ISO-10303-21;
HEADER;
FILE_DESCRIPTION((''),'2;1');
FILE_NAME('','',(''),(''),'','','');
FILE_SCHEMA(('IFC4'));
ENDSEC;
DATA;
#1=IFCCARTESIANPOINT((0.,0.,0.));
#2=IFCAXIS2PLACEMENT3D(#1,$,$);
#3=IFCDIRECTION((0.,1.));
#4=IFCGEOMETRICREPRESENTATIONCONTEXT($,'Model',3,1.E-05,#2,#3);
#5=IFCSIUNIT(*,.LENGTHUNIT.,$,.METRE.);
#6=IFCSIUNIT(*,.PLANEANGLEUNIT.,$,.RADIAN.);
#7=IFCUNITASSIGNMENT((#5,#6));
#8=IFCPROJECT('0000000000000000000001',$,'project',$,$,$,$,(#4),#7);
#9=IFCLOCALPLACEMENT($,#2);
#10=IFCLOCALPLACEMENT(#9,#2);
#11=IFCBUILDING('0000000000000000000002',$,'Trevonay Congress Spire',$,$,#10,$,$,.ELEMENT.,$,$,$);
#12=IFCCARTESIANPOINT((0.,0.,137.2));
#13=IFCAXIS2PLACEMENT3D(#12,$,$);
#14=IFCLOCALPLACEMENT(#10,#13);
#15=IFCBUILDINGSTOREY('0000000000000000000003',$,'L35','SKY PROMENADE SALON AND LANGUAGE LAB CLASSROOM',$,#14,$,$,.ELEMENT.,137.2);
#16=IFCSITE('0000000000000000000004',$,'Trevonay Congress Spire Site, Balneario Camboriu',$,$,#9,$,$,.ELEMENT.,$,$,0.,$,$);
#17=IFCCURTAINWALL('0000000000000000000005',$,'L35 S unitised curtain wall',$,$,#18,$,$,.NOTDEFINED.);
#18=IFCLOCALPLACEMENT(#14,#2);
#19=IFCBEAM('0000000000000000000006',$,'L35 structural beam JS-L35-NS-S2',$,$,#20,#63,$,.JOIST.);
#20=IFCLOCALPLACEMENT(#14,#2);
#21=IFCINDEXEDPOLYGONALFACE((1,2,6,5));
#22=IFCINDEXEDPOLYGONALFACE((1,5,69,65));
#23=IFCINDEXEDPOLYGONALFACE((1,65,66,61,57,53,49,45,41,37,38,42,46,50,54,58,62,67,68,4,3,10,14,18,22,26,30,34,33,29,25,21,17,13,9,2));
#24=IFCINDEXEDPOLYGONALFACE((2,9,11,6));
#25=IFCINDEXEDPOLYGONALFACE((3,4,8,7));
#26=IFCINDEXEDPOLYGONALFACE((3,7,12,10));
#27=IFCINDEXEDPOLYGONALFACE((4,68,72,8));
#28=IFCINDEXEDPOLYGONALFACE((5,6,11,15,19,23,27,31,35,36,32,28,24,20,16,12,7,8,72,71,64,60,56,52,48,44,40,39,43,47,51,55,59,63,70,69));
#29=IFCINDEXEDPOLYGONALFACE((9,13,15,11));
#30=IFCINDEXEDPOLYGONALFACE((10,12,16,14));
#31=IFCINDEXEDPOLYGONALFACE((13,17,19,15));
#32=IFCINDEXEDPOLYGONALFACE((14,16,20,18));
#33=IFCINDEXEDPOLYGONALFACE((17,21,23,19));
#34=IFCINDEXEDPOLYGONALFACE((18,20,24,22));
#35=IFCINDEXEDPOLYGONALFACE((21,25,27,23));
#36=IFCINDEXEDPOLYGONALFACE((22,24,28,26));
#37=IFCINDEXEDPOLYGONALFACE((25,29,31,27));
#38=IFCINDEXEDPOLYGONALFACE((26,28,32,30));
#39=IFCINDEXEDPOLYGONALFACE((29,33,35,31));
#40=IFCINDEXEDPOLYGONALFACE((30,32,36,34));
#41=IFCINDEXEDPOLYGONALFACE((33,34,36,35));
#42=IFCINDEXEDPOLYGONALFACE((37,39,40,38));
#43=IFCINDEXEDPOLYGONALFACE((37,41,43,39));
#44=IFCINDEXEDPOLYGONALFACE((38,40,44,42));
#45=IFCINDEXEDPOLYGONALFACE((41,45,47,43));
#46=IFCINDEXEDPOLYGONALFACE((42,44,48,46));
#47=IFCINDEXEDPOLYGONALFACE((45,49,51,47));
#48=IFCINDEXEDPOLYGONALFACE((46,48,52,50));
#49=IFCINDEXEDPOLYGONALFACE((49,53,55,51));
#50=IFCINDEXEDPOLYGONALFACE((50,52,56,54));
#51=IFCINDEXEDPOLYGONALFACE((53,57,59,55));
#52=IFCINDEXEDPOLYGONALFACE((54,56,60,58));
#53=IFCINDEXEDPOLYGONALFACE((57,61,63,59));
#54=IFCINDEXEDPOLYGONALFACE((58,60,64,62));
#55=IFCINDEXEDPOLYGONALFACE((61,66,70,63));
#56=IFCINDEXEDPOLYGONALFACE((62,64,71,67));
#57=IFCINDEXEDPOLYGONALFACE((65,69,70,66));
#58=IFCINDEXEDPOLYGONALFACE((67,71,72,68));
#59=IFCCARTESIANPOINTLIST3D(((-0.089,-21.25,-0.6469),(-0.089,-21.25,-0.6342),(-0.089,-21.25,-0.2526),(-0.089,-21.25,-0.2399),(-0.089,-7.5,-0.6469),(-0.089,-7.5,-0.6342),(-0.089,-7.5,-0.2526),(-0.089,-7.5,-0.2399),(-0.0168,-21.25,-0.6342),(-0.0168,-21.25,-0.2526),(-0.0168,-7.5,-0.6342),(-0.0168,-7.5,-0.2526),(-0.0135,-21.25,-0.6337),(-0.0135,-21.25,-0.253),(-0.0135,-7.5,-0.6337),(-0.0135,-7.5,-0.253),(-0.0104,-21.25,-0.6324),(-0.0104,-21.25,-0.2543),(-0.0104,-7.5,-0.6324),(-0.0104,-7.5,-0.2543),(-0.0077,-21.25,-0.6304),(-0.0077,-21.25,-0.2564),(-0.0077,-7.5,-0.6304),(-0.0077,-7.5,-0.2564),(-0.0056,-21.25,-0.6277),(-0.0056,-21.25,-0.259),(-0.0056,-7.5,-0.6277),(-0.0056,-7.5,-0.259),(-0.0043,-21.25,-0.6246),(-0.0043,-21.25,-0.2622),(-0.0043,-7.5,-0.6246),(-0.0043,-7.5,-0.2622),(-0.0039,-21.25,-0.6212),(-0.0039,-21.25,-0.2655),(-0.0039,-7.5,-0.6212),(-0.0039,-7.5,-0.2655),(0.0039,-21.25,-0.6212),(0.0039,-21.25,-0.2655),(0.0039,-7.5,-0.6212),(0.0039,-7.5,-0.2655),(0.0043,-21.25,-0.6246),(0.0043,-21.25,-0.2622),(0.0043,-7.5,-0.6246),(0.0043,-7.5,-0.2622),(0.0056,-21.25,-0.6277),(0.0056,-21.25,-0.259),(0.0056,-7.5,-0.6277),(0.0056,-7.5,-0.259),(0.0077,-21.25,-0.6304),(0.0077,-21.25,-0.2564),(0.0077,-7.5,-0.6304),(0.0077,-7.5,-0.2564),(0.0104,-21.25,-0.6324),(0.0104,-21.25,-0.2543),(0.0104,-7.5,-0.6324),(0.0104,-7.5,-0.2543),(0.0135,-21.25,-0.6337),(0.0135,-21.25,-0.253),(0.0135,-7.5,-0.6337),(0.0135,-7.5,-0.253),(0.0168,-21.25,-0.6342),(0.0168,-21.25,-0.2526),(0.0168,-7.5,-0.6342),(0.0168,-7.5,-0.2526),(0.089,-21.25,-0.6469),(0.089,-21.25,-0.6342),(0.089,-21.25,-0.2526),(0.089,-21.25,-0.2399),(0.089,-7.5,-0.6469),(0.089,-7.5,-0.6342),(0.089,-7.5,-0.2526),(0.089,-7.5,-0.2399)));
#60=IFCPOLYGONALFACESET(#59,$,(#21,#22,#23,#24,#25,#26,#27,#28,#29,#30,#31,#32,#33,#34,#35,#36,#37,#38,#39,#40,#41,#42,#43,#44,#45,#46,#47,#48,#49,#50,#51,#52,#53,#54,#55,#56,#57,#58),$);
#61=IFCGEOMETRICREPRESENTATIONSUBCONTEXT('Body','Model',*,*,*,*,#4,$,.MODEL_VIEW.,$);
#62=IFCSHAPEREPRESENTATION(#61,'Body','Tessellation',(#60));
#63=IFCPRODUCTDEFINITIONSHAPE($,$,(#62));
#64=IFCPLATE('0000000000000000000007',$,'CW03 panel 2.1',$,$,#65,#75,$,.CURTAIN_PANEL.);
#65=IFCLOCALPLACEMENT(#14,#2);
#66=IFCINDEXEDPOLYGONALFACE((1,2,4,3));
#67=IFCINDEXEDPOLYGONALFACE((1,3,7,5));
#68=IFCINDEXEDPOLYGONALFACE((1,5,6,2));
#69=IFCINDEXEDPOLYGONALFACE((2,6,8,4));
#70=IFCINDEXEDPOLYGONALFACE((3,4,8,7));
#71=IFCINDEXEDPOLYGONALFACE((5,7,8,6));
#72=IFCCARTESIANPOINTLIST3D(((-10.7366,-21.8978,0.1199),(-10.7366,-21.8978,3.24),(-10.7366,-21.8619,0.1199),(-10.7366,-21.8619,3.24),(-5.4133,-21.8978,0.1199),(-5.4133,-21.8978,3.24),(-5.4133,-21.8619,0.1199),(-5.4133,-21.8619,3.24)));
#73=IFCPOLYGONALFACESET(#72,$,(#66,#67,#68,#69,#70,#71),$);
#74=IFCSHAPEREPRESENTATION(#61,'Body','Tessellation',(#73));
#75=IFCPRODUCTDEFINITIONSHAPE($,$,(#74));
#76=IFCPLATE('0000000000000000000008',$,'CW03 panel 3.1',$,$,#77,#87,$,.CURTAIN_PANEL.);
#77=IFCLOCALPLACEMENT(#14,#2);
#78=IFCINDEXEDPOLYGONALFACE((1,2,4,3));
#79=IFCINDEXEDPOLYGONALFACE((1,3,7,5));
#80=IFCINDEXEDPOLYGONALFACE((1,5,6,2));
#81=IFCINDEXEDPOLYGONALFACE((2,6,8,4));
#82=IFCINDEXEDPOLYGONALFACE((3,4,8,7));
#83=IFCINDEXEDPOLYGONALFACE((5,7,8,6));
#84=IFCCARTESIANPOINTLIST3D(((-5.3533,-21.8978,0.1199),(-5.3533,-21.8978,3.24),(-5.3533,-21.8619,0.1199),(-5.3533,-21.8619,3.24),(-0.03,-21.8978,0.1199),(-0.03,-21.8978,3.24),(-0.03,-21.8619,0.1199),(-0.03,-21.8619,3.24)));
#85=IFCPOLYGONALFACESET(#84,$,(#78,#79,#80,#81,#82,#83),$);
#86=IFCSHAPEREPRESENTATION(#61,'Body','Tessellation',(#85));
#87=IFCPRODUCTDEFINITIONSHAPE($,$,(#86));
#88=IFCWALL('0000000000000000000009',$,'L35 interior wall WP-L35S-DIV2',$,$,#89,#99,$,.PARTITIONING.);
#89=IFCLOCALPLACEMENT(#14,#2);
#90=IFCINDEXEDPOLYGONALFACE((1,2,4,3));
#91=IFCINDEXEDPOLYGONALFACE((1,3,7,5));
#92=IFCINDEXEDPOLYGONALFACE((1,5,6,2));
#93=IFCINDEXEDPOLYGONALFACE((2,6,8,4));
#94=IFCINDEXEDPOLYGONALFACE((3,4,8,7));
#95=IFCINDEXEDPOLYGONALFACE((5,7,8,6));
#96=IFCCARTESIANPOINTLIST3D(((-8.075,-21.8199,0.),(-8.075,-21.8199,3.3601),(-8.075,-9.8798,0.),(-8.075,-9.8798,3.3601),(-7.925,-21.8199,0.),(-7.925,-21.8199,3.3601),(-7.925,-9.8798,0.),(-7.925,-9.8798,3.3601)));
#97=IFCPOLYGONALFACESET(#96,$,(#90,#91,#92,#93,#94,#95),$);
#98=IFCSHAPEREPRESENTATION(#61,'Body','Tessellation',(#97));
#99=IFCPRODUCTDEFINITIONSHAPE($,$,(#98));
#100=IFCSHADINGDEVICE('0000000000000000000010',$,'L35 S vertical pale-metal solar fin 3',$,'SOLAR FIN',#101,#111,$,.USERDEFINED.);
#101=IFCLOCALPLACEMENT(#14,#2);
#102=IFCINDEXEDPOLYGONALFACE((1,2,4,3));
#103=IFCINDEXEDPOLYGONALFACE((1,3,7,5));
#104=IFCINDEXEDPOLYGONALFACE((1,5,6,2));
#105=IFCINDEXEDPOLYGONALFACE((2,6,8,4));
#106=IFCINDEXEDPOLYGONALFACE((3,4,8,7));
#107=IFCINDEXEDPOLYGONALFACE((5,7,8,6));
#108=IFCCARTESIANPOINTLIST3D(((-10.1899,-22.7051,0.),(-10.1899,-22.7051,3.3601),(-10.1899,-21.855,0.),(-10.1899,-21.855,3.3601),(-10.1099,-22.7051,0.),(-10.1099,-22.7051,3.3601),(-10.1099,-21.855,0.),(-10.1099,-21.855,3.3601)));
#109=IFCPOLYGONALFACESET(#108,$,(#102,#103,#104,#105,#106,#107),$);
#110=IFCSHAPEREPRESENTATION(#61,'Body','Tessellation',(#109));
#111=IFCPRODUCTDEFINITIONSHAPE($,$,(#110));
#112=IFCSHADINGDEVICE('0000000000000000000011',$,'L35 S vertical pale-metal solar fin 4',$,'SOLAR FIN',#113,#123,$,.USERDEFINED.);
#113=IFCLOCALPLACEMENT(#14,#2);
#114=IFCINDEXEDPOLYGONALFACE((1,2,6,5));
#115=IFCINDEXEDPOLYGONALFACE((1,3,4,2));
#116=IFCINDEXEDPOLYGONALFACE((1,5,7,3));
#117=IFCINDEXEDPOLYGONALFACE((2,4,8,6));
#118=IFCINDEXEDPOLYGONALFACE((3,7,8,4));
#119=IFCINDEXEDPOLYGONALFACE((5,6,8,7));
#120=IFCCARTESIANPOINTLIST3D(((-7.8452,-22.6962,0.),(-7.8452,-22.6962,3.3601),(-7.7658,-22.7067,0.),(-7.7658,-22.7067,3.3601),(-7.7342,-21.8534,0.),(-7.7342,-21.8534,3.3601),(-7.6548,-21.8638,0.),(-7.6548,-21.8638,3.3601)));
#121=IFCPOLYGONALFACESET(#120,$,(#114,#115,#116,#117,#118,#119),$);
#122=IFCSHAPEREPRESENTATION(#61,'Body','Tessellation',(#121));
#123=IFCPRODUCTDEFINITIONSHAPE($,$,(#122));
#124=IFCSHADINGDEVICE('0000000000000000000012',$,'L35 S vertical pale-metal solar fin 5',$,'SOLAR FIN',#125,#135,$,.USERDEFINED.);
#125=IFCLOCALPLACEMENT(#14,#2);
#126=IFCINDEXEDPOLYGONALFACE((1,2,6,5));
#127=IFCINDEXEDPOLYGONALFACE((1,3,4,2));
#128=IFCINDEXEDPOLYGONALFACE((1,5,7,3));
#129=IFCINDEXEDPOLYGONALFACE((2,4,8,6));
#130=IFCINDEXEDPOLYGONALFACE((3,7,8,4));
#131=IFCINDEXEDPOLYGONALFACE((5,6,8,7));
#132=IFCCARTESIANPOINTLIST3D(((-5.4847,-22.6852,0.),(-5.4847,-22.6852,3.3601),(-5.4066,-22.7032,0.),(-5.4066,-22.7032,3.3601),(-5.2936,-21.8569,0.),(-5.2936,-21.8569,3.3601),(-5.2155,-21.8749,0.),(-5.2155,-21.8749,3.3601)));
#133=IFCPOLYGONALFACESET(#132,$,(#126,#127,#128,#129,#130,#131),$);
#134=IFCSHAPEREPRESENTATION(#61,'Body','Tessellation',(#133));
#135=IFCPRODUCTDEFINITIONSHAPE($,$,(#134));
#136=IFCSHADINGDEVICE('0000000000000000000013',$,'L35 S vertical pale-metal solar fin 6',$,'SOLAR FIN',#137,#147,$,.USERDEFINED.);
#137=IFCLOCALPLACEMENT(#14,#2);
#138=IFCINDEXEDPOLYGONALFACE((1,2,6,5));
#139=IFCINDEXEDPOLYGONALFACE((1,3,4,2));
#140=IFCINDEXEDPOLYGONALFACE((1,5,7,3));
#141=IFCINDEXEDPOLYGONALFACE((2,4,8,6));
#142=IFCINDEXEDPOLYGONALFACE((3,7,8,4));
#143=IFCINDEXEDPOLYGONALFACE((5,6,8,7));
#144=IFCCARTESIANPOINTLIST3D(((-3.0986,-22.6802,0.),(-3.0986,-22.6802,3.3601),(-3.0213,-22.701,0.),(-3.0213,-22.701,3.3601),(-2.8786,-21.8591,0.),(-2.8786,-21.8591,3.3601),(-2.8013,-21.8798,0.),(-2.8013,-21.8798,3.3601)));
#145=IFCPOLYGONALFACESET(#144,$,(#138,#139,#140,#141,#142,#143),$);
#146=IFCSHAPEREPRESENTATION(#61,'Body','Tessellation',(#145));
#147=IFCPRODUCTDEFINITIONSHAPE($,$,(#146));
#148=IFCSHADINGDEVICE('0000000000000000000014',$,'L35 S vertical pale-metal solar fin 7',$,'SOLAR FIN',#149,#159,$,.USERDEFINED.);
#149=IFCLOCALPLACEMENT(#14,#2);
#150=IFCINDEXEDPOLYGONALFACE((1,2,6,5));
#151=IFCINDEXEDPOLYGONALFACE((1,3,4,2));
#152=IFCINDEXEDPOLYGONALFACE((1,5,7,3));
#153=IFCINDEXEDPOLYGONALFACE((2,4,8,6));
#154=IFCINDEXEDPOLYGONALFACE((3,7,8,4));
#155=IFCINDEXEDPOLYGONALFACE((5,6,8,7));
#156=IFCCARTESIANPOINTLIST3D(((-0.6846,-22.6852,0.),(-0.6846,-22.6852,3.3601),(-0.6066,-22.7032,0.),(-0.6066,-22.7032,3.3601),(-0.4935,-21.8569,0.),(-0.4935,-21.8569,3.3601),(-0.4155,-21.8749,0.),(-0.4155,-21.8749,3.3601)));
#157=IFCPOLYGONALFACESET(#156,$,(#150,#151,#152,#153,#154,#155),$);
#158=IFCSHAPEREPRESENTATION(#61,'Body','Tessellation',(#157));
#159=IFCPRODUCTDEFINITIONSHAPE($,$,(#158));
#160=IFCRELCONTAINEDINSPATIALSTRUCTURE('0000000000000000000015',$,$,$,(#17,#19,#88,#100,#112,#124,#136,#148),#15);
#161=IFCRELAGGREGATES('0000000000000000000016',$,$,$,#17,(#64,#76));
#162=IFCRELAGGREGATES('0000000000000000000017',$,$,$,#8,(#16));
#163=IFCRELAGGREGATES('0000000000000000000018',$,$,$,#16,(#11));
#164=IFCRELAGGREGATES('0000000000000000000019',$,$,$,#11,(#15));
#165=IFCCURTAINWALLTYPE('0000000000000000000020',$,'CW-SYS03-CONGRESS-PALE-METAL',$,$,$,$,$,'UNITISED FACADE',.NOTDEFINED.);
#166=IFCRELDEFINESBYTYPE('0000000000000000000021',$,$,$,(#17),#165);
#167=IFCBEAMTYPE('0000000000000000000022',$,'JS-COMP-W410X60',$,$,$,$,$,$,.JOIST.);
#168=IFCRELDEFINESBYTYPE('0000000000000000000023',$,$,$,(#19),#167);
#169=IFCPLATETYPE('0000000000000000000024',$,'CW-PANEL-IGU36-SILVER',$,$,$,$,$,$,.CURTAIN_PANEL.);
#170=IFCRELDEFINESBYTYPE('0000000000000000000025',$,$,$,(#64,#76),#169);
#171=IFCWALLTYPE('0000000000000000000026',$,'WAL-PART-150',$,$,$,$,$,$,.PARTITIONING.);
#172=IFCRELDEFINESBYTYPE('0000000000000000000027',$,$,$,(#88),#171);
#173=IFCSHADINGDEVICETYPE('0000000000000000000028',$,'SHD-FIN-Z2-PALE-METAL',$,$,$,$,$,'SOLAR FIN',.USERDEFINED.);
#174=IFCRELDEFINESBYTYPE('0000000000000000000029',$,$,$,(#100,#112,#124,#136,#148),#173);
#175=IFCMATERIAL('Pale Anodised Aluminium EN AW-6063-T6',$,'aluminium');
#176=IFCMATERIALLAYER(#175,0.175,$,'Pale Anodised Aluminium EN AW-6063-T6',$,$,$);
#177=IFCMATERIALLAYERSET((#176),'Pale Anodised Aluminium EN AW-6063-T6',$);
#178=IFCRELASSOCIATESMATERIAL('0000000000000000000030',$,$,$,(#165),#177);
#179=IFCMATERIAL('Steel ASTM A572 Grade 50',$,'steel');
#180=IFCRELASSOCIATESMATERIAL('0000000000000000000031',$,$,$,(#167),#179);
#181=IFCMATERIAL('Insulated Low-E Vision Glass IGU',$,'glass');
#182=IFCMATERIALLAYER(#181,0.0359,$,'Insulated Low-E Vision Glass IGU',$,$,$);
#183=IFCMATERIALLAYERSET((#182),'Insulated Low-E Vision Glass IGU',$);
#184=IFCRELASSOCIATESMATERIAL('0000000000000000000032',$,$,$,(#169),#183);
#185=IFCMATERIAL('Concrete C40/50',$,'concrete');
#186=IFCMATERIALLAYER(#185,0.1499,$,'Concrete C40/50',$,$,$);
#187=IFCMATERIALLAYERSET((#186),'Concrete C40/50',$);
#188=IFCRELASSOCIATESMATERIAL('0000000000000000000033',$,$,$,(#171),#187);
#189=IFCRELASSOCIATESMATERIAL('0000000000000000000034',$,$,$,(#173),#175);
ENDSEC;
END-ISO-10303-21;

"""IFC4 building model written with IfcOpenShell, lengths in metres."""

from ifc_helpers import new_model, si_unit, direction, frame, frame_2d, origin, origin_2d, place, context, subcontext, project, spatial, rectangle, i_section, extrude, material, layer, layer_set, material_profile, profile_set, type_object, element, aggregate, save


model = new_model("IFC4")

# Units and contexts
model_context = context("Model", 3, precision=1e-05, world=origin(), true_north=direction((0.0, 1.0)))
body_context = subcontext(model_context, "Body", "Model", "MODEL_VIEW")
ifc_project = project(units=[si_unit("LENGTHUNIT", "METRE"), si_unit("PLANEANGLEUNIT", "RADIAN")], contexts=[model_context])

# Site, building, storey
site_placement = place(None, origin())
site = spatial("IfcSite", under=ifc_project, at=site_placement, Name="Trevonay Congress Spire Site, Balneario Camboriu", CompositionType="ELEMENT", RefElevation=0.0)
building_placement = place(site_placement, origin())
building = spatial("IfcBuilding", under=site, at=building_placement, Name="Trevonay Congress Spire", CompositionType="ELEMENT")
storey_placement = place(building_placement, frame((0.0, 0.0, 137.2)))
storey = spatial("IfcBuildingStorey", under=building, at=storey_placement, Name="L35", Description="SKY PROMENADE SALON AND LANGUAGE LAB CLASSROOM", CompositionType="ELEMENT", Elevation=137.2)

# Shared definitions
ifc_material_1 = material(Name="Steel ASTM A572 Grade 50", Category="steel")

# Curtain wall
ifc_material_2 = material(Name="Pale Anodised Aluminium EN AW-6063-T6", Category="aluminium")
ifc_layer_1 = layer(ifc_material_2, 0.175, Name="Pale Anodised Aluminium EN AW-6063-T6")
ifc_layer_set_1 = layer_set([ifc_layer_1], Name="Pale Anodised Aluminium EN AW-6063-T6")
curtain_wall_type = type_object("IfcCurtainWallType", Name="CW-SYS03-CONGRESS-PALE-METAL", ElementType="UNITISED FACADE", PredefinedType="NOTDEFINED", material=ifc_layer_set_1)
curtain_wall_placement = place(storey_placement, origin())
curtain_wall = element("IfcCurtainWall", 1, at=curtain_wall_placement, inside=storey, type_object=curtain_wall_type, Name="L35 S unitised curtain wall", PredefinedType="NOTDEFINED")

# Beam
ifc_material_profile_1 = material_profile(ifc_material_1, i_section(OverallWidth=0.178, OverallDepth=0.407, WebThickness=0.0078, FlangeThickness=0.0127, FilletRadius=0.0129, at=origin_2d()), Name="W410x60")
ifc_profile_set_1 = profile_set([ifc_material_profile_1], Name="Steel ASTM A572 Grade 50")
beam_type_1 = type_object("IfcBeamType", Name="JS-COMP-W410X60", PredefinedType="JOIST", material=ifc_profile_set_1)
for number, where, z_axis, x_axis, name in (
    (2, (0.0, -21.25, -0.4434), (0.0, 1.0, 0.0), (-1.0, 0.0, 0.0), "L35 structural beam JS-L35-NS-S2"),
):
    element("IfcBeam", number, at=place(storey_placement, frame(where, z_axis=z_axis, x_axis=x_axis)), inside=storey, type_object=beam_type_1, Name=name, PredefinedType="JOIST", context=body_context, shape_type="SweptSolid", body=[
        extrude(i_section(OverallWidth=0.178, OverallDepth=0.407, WebThickness=0.0078, FlangeThickness=0.0127, FilletRadius=0.0129, at=origin_2d()), origin(), (0.0, 0.0, 1.0), 13.75),
    ])

# Plates
ifc_material_3 = material(Name="Insulated Low-E Vision Glass IGU", Category="glass")
ifc_layer_2 = layer(ifc_material_3, 0.0359, Name="Insulated Low-E Vision Glass IGU")
ifc_layer_set_2 = layer_set([ifc_layer_2], Name="Insulated Low-E Vision Glass IGU")
plate_type = type_object("IfcPlateType", Name="CW-PANEL-IGU36-SILVER", PredefinedType="CURTAIN_PANEL", material=ifc_layer_set_2)
plate_1_placement = place(storey_placement, frame((-8.075, -21.8799, 0.1199), z_axis=(0.0, 0.0, 1.0), x_axis=(1.0, 0.0, 0.0)))
plate_1 = element("IfcPlate", 3, at=plate_1_placement, type_object=plate_type, Name="CW03 panel 2.1", PredefinedType="CURTAIN_PANEL", context=body_context, shape_type="SweptSolid", body=[
    extrude(rectangle(XDim=5.3232, YDim=0.0359, at=origin_2d()), origin(), (0.0, 0.0, 1.0), 3.1201),
])
plate_2_placement = place(storey_placement, frame((-2.6917, -21.8799, 0.1199), z_axis=(0.0, 0.0, 1.0), x_axis=(1.0, 0.0, 0.0)))
plate_2 = element("IfcPlate", 4, at=plate_2_placement, type_object=plate_type, Name="CW03 panel 3.1", PredefinedType="CURTAIN_PANEL", context=body_context, shape_type="SweptSolid", body=[
    extrude(rectangle(XDim=5.3232, YDim=0.0359, at=origin_2d()), origin(), (0.0, 0.0, 1.0), 3.1201),
])
aggregate(curtain_wall, [plate_1, plate_2])

# Wall
ifc_material_4 = material(Name="Concrete C40/50", Category="concrete")
ifc_layer_3 = layer(ifc_material_4, 0.1499, Name="Concrete C40/50")
ifc_layer_set_3 = layer_set([ifc_layer_3], Name="Concrete C40/50")
wall_type = type_object("IfcWallType", Name="WAL-PART-150", PredefinedType="PARTITIONING", material=ifc_layer_set_3)
wall_placement = place(storey_placement, frame((-8.0, -21.8201, 0.0), z_axis=(0.0, 0.0, 1.0), x_axis=(0.0, 1.0, 0.0)))
element("IfcWall", 5, at=wall_placement, inside=storey, type_object=wall_type, Name="L35 interior wall WP-L35S-DIV2", PredefinedType="PARTITIONING", context=body_context, shape_type="SweptSolid", body=[
    extrude(rectangle(XDim=11.9402, YDim=0.1499, at=frame_2d((5.9702, 0.0))), origin(), (0.0, 0.0, 1.0), 3.3601),
])

# Shading devices
shading_device_type = type_object("IfcShadingDeviceType", Name="SHD-FIN-Z2-PALE-METAL", ElementType="SOLAR FIN", PredefinedType="USERDEFINED", material=ifc_material_2)
for number, where, z_axis, x_axis, name in (
    (6, (-10.1499, -22.28, 0.0), (0.0, 0.0, 1.0), (1.0, 0.0, 0.0), "L35 S vertical pale-metal solar fin 3"),
    (7, (-7.75, -22.28, 0.0), (0.0, 0.0, 1.0), (0.991445, -0.130526, 0.0), "L35 S vertical pale-metal solar fin 4"),
    (8, (-5.3501, -22.28, 0.0), (0.0, 0.0, 1.0), (0.974409, -0.224781, 0.0), "L35 S vertical pale-metal solar fin 5"),
    (9, (-2.95, -22.28, 0.0), (0.0, 0.0, 1.0), (0.965926, -0.258819, 0.0), "L35 S vertical pale-metal solar fin 6"),
    (10, (-0.55, -22.28, 0.0), (0.0, 0.0, 1.0), (0.974409, -0.224781, 0.0), "L35 S vertical pale-metal solar fin 7"),
):
    element("IfcShadingDevice", number, at=place(storey_placement, frame(where, z_axis=z_axis, x_axis=x_axis)), inside=storey, type_object=shading_device_type, Name=name, ObjectType="SOLAR FIN", PredefinedType="USERDEFINED", context=body_context, shape_type="SweptSolid", body=[
        extrude(rectangle(XDim=0.0801, YDim=0.8501, at=origin_2d()), origin(), (0.0, 0.0, 1.0), 3.3601),
    ])

save(model, "model.ifc")
